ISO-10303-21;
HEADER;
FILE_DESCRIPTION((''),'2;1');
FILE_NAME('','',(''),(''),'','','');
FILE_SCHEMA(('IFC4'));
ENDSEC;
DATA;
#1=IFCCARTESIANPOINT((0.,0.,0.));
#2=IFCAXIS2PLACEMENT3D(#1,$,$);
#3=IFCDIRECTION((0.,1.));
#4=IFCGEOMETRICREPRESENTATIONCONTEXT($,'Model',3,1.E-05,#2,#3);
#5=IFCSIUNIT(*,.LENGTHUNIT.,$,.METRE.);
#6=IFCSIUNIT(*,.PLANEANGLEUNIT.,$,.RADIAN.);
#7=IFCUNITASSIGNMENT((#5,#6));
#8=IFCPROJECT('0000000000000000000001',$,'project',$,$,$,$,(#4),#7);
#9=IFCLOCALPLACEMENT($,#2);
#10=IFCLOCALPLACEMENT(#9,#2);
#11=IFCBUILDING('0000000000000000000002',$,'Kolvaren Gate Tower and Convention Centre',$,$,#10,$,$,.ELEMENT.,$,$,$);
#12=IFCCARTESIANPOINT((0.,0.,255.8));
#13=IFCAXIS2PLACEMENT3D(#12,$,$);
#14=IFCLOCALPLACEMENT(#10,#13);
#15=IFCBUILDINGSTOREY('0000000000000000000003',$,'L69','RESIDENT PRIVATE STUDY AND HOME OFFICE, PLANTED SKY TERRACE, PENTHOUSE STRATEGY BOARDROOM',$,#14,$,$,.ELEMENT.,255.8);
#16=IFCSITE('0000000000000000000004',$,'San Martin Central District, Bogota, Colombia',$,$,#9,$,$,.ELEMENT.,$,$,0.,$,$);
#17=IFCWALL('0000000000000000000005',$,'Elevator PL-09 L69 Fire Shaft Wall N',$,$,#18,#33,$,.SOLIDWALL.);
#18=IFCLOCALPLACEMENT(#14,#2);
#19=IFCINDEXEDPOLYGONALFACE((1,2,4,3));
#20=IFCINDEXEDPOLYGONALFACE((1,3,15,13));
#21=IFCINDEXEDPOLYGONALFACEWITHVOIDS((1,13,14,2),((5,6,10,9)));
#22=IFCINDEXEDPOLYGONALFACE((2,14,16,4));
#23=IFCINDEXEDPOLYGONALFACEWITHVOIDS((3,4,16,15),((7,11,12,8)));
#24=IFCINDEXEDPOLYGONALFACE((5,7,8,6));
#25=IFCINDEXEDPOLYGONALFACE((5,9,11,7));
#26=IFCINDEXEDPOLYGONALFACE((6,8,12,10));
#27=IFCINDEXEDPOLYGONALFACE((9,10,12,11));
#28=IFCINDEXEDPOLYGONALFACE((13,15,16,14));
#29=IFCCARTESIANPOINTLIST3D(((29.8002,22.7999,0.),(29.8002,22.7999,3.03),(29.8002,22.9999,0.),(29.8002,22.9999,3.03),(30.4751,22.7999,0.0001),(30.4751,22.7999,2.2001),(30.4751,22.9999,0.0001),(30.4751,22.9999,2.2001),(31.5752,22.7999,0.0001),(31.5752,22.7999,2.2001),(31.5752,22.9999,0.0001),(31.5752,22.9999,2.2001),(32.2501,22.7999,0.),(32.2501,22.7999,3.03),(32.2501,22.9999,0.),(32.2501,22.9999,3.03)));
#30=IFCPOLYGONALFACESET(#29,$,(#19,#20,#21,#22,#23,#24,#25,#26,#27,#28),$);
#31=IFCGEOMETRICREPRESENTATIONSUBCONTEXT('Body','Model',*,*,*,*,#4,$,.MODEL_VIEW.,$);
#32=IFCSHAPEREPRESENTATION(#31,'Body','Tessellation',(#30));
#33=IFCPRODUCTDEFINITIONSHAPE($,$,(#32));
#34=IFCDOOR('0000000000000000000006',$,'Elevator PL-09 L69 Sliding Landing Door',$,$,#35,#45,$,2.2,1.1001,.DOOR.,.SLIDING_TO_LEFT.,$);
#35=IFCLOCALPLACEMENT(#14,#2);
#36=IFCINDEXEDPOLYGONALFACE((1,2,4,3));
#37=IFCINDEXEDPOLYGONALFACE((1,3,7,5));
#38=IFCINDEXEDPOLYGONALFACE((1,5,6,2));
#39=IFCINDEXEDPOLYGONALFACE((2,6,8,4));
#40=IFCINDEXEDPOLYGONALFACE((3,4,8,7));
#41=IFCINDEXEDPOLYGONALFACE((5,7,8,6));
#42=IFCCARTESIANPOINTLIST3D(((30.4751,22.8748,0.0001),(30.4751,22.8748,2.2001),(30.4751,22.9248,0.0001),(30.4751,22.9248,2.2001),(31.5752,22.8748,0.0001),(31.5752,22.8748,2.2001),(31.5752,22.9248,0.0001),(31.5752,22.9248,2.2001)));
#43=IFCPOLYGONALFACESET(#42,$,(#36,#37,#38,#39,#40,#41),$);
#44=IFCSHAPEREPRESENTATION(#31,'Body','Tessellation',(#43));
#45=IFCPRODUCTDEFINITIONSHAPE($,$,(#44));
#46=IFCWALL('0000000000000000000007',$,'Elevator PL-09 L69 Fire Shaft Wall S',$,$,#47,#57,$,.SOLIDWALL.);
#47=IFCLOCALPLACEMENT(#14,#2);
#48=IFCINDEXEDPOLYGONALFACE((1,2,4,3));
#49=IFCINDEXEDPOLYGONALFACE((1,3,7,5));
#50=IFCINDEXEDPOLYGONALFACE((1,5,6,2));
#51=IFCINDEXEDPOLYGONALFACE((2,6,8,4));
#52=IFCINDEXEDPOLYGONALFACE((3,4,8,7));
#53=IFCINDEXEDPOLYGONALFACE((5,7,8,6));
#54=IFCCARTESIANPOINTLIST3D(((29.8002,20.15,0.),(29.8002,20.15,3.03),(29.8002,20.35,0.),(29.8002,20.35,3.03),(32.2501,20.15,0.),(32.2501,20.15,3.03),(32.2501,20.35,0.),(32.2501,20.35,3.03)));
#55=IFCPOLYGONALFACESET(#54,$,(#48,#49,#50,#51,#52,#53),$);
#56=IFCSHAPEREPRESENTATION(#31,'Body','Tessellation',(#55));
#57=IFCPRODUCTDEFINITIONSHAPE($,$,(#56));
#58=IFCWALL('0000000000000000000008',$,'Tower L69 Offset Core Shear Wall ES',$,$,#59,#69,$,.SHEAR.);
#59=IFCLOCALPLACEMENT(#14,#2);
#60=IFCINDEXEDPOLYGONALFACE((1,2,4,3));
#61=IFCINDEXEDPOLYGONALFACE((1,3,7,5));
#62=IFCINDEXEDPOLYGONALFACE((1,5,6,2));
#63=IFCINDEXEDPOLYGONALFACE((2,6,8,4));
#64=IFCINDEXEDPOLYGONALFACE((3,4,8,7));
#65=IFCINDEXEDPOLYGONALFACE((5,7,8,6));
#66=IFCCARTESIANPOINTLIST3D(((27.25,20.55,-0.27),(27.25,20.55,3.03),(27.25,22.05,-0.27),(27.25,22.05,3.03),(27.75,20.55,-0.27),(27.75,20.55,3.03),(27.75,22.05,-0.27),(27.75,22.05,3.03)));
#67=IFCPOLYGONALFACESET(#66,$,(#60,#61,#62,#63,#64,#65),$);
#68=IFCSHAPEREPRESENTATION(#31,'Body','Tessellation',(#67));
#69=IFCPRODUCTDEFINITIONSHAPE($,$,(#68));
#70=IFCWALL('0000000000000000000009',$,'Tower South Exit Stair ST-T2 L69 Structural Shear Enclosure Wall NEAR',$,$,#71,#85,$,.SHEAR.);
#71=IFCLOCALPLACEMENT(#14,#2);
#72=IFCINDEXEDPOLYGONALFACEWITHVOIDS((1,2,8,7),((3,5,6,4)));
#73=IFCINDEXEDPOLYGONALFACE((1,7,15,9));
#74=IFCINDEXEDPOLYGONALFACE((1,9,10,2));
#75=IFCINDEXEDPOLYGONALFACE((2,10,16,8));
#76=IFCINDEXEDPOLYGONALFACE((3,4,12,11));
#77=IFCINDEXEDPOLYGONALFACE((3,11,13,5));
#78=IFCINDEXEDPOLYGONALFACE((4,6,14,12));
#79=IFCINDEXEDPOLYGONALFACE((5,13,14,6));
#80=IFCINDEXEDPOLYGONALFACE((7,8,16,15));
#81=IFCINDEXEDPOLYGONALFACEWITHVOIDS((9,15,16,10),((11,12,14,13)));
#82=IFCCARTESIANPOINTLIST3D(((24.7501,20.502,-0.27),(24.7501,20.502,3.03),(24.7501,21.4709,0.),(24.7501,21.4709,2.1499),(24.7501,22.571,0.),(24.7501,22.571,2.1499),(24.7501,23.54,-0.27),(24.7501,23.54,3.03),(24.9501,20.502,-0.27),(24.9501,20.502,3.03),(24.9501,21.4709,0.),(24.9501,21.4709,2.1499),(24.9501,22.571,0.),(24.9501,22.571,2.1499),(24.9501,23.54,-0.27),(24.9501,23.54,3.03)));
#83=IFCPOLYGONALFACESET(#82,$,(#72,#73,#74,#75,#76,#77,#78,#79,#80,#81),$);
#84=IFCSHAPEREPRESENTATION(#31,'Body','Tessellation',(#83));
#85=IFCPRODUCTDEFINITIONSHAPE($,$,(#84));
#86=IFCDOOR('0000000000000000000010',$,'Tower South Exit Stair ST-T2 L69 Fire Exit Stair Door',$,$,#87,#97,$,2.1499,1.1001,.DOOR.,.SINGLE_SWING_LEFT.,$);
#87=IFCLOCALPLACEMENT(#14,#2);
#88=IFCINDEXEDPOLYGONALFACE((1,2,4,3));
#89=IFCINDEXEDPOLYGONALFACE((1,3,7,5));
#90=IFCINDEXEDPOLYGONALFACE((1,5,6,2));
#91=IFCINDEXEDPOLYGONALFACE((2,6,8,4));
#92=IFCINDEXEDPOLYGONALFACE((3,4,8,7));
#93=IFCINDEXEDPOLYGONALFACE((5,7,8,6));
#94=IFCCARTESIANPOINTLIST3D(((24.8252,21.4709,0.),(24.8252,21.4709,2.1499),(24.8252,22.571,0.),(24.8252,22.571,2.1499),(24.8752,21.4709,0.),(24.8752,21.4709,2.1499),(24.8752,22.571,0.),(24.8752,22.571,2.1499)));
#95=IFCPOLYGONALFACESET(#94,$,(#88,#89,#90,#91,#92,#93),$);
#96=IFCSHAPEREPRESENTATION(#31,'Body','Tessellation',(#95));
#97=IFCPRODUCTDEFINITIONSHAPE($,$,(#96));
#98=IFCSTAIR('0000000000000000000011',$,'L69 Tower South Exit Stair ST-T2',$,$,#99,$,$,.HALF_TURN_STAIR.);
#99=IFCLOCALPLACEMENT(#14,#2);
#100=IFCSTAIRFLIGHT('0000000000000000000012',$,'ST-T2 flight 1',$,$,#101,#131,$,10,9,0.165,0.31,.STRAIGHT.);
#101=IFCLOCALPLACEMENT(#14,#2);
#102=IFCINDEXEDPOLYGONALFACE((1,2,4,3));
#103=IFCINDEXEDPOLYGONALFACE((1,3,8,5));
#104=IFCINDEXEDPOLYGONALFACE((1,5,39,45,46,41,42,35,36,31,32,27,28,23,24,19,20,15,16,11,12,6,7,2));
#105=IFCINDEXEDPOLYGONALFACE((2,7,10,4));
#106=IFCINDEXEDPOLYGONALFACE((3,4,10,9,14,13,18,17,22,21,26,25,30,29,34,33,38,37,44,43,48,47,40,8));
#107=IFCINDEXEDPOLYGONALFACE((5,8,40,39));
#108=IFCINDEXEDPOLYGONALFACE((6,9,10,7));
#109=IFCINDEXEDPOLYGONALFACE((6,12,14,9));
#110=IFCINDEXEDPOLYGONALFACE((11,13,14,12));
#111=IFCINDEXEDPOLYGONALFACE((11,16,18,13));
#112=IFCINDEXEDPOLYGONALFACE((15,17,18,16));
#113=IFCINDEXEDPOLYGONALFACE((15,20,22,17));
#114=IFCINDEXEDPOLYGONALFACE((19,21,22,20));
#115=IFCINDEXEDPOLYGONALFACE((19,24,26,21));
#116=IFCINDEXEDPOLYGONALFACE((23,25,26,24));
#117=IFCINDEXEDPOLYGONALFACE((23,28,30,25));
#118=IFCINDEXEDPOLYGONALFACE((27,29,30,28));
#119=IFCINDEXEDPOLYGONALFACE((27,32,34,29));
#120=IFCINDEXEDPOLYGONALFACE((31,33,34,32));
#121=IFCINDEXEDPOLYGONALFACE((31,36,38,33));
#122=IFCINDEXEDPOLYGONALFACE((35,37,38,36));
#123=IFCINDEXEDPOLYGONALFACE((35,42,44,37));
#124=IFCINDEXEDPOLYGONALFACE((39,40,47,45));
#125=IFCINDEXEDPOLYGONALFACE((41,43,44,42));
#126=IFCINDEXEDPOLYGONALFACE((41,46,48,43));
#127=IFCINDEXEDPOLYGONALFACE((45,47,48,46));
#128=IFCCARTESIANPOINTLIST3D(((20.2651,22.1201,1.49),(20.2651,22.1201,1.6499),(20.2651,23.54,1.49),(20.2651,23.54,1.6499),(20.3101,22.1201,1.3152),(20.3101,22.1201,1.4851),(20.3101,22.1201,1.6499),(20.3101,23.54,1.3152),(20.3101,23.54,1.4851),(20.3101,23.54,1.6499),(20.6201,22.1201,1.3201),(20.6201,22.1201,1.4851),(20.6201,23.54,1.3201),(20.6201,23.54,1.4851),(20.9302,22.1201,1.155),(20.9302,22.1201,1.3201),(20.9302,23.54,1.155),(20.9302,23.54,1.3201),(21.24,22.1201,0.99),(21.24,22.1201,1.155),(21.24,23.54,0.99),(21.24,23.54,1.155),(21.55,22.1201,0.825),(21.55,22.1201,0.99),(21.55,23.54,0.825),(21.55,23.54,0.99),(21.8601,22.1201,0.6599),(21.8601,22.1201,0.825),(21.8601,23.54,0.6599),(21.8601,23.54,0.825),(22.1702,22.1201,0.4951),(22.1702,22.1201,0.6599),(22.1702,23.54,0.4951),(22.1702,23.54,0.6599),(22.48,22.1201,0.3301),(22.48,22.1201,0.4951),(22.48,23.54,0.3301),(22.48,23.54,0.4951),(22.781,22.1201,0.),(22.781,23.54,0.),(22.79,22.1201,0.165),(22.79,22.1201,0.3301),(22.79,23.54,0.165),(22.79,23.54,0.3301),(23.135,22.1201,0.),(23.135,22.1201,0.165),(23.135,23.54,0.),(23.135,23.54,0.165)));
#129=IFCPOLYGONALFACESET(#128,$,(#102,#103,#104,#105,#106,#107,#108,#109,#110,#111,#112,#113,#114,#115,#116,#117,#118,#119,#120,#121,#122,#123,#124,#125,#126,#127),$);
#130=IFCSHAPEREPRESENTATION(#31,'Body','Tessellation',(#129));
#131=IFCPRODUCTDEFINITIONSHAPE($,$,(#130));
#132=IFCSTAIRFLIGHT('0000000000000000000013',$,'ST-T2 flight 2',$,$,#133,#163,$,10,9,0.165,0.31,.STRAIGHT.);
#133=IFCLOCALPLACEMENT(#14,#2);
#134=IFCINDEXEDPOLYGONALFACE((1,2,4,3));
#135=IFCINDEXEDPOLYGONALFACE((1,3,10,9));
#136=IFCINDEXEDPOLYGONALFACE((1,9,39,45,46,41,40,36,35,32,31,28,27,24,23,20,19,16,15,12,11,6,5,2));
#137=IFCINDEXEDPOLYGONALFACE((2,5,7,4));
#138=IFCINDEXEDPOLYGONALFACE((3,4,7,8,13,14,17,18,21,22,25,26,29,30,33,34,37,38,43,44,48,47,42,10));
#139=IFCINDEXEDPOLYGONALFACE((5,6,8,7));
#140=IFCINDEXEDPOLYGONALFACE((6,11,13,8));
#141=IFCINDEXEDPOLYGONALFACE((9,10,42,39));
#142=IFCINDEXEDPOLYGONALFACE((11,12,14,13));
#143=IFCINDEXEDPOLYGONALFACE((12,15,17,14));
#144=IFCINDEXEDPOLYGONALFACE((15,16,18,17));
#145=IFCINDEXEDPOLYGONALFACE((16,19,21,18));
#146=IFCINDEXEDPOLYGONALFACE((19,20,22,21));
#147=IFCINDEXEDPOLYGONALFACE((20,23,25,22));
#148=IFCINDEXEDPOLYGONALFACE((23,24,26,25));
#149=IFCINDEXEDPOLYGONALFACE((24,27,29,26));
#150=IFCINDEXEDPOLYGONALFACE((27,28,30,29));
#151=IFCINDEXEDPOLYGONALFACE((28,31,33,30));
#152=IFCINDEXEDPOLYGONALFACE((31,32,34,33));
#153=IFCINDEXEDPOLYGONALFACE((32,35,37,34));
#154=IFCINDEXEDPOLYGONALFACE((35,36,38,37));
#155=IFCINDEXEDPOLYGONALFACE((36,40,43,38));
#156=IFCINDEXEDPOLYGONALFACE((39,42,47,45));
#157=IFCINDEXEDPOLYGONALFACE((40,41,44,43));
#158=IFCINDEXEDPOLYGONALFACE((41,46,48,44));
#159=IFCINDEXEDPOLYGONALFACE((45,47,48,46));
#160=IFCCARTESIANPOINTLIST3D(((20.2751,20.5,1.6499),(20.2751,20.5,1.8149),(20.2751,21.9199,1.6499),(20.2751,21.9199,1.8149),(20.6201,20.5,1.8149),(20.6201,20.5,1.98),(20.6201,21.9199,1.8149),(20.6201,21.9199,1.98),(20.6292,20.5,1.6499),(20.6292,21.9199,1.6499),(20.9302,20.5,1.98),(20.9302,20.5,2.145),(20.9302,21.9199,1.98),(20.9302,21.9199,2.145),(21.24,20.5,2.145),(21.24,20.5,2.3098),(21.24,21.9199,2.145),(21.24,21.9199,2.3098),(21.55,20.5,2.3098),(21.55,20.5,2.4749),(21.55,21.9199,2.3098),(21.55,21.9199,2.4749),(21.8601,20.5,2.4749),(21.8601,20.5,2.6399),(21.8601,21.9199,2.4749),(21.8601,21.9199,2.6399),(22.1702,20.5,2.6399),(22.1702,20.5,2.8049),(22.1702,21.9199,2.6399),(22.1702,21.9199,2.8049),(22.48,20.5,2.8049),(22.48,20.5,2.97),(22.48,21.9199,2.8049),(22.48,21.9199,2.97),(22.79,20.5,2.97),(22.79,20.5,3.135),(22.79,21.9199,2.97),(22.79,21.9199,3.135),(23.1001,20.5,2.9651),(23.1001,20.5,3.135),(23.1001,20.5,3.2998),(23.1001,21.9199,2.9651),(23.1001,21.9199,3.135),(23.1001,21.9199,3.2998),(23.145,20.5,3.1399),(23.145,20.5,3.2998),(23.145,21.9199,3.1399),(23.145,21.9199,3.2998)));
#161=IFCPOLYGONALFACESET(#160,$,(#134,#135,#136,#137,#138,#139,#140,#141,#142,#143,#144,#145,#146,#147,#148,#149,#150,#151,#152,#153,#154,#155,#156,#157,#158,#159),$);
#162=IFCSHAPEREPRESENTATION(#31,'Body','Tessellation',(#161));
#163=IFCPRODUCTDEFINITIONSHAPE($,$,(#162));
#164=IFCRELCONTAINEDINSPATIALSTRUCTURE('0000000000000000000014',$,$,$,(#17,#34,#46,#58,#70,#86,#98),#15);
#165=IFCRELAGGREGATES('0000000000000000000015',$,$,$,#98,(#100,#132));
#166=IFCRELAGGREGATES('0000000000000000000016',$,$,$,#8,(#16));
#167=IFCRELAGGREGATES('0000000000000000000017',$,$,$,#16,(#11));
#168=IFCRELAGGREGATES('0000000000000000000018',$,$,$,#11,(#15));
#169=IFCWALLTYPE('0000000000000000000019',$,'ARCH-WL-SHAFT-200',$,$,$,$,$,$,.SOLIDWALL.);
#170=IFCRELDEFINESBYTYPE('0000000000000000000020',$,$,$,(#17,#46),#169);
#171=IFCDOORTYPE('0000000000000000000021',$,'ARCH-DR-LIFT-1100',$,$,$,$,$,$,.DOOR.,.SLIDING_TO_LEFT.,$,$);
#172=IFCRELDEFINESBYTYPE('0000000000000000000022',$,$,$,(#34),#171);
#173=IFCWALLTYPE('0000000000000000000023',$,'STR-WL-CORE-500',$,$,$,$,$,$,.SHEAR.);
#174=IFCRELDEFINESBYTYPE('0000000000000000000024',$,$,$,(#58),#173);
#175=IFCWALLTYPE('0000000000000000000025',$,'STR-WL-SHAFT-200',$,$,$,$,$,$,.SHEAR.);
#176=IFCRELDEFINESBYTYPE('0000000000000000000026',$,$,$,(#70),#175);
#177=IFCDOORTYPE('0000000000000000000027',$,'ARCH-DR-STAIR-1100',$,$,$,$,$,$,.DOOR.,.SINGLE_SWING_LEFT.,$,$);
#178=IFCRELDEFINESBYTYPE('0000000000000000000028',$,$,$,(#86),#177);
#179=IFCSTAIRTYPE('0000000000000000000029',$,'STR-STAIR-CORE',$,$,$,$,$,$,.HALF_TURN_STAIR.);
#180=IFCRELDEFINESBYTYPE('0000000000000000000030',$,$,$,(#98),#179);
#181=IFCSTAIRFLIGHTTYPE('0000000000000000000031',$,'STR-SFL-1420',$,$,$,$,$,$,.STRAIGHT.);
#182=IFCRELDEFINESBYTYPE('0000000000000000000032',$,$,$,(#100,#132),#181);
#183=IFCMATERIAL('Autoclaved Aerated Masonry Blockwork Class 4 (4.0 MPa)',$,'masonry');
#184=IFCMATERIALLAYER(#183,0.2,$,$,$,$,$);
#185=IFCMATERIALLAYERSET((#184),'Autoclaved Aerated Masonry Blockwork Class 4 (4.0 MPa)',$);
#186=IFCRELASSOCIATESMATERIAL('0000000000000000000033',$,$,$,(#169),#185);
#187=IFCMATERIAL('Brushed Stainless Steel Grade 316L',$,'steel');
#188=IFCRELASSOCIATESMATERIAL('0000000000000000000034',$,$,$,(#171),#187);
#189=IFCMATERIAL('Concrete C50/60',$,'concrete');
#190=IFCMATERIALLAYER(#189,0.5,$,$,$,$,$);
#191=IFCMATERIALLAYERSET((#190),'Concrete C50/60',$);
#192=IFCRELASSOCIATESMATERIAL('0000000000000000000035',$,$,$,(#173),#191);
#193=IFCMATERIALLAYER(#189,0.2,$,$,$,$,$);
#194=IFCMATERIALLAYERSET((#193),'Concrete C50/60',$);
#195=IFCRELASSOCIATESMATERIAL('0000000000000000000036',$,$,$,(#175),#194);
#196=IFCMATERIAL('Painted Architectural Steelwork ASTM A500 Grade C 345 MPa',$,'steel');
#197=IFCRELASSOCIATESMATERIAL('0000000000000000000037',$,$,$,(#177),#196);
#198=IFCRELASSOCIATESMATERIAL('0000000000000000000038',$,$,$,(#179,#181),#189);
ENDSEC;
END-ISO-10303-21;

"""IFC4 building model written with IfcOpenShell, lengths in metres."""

from ifc_helpers import new_model, si_unit, direction, frame, frame_2d, origin, place, context, subcontext, project, spatial, polyline, rectangle, outline, extrude, material, layer, layer_set, type_object, element, fill, aggregate, save


model = new_model("IFC4")

# Units and contexts
model_context = context("Model", 3, precision=1e-05, world=origin(), true_north=direction((0.0, 1.0)))
body_context = subcontext(model_context, "Body", "Model", "MODEL_VIEW")
ifc_project = project(units=[si_unit("LENGTHUNIT", "METRE"), si_unit("PLANEANGLEUNIT", "RADIAN")], contexts=[model_context])

# Site, building, storey
site_placement = place(None, origin())
site = spatial("IfcSite", under=ifc_project, at=site_placement, Name="San Martin Central District, Bogota, Colombia", CompositionType="ELEMENT", RefElevation=0.0)
building_placement = place(site_placement, origin())
building = spatial("IfcBuilding", under=site, at=building_placement, Name="Kolvaren Gate Tower and Convention Centre", CompositionType="ELEMENT")
storey_placement = place(building_placement, frame((0.0, 0.0, 255.8)))
storey = spatial("IfcBuildingStorey", under=building, at=storey_placement, Name="L69", Description="RESIDENT PRIVATE STUDY AND HOME OFFICE, PLANTED SKY TERRACE, PENTHOUSE STRATEGY BOARDROOM", CompositionType="ELEMENT", Elevation=255.8)

# Shared definitions
ifc_material_1 = material(Name="Autoclaved Aerated Masonry Blockwork Class 4 (4.0 MPa)", Category="masonry")

# Shared definitions
ifc_material_2 = material(Name="Painted Architectural Steelwork ASTM A500 Grade C 345 MPa", Category="steel")

# Shared definitions
ifc_layer_1 = layer(ifc_material_1, 0.2)
ifc_layer_set_1 = layer_set([ifc_layer_1], Name="Autoclaved Aerated Masonry Blockwork Class 4 (4.0 MPa)")
wall_type_1 = type_object("IfcWallType", Name="ARCH-WL-SHAFT-200", PredefinedType="SOLIDWALL", material=ifc_layer_set_1)

# Wall, opening, door
ifc_material_3 = material(Name="Brushed Stainless Steel Grade 316L", Category="steel")
door_type_1 = type_object("IfcDoorType", Name="ARCH-DR-LIFT-1100", OperationType="SLIDING_TO_LEFT", PredefinedType="DOOR", material=ifc_material_3)
wall_1_placement = place(storey_placement, frame((29.8, 22.8999, 0.0), z_axis=(0.0, 0.0, 1.0), x_axis=(1.0, 0.0, 0.0)))
wall_1 = element("IfcWall", 1, at=wall_1_placement, inside=storey, type_object=wall_type_1, Name="Elevator PL-09 L69 Fire Shaft Wall N", PredefinedType="SOLIDWALL", context=body_context, shape_type="SweptSolid", body=[
    extrude(rectangle(XDim=2.45, YDim=0.2, at=frame_2d((1.2251, 0.0))), origin(), (0.0, 0.0, 1.0), 3.03),
])
opening_1_placement = place(wall_1_placement, frame((0.675, 0.0, 0.0)))
opening_1 = element("IfcOpeningElement", 2, at=opening_1_placement, cuts=wall_1, PredefinedType="OPENING", context=body_context, shape_type="SweptSolid", body=[
    extrude(rectangle(XDim=1.1001, YDim=2.2, at=frame_2d((0.55, 1.1001))), frame((0.0, 0.1099, 0.0), z_axis=(0.0, -1.0, 0.0), x_axis=(1.0, 0.0, 0.0)), (0.0, 0.0, 1.0), 0.22),
])
door_1_placement = place(opening_1_placement, origin())
door_1 = element("IfcDoor", 3, at=door_1_placement, inside=storey, type_object=door_type_1, Name="Elevator PL-09 L69 Sliding Landing Door", OperationType="SLIDING_TO_LEFT", OverallHeight=2.2, OverallWidth=1.1001, PredefinedType="DOOR", context=body_context, shape_type="SweptSolid", body=[
    extrude(rectangle(XDim=1.1001, YDim=2.2, at=frame_2d((0.55, 1.1001))), frame((0.0, 0.0249, 0.0), z_axis=(0.0, -1.0, 0.0), x_axis=(1.0, 0.0, 0.0)), (0.0, 0.0, 1.0), 0.05),
])
fill(opening_1, door_1)

# Walls
wall_2_placement = place(storey_placement, frame((29.8, 20.25, 0.0), z_axis=(0.0, 0.0, 1.0), x_axis=(1.0, 0.0, 0.0)))
element("IfcWall", 4, at=wall_2_placement, inside=storey, type_object=wall_type_1, Name="Elevator PL-09 L69 Fire Shaft Wall S", PredefinedType="SOLIDWALL", context=body_context, shape_type="SweptSolid", body=[
    extrude(rectangle(XDim=2.45, YDim=0.2, at=frame_2d((1.2251, 0.0))), origin(), (0.0, 0.0, 1.0), 3.03),
])
ifc_material_4 = material(Name="Concrete C50/60", Category="concrete")
ifc_layer_2 = layer(ifc_material_4, 0.5)
ifc_layer_set_2 = layer_set([ifc_layer_2], Name="Concrete C50/60")
wall_type_2 = type_object("IfcWallType", Name="STR-WL-CORE-500", PredefinedType="SHEAR", material=ifc_layer_set_2)
wall_3_placement = place(storey_placement, frame((27.5, 20.55, -0.27), z_axis=(0.0, 0.0, 1.0), x_axis=(0.0, 1.0, 0.0)))
element("IfcWall", 5, at=wall_3_placement, inside=storey, type_object=wall_type_2, Name="Tower L69 Offset Core Shear Wall ES", PredefinedType="SHEAR", context=body_context, shape_type="SweptSolid", body=[
    extrude(rectangle(XDim=1.5, YDim=0.5, at=frame_2d((0.75, 0.0))), origin(), (0.0, 0.0, 1.0), 3.3),
])

# Wall, opening, door
ifc_layer_3 = layer(ifc_material_4, 0.2)
ifc_layer_set_3 = layer_set([ifc_layer_3], Name="Concrete C50/60")
wall_type_3 = type_object("IfcWallType", Name="STR-WL-SHAFT-200", PredefinedType="SHEAR", material=ifc_layer_set_3)
wall_4_placement = place(storey_placement, frame((24.8501, 20.502, -0.27), z_axis=(0.0, 0.0, 1.0), x_axis=(0.0, 1.0, 0.0)))
wall_4 = element("IfcWall", 6, at=wall_4_placement, inside=storey, type_object=wall_type_3, Name="Tower South Exit Stair ST-T2 L69 Structural Shear Enclosure Wall NEAR", PredefinedType="SHEAR", context=body_context, shape_type="SweptSolid", body=[
    extrude(rectangle(XDim=3.0381, YDim=0.2, at=frame_2d((1.519, 0.0))), origin(), (0.0, 0.0, 1.0), 3.3),
])
opening_2_placement = place(wall_4_placement, frame((0.969, 0.0, 0.27)))
opening_2 = element("IfcOpeningElement", 7, at=opening_2_placement, cuts=wall_4, PredefinedType="OPENING", context=body_context, shape_type="SweptSolid", body=[
    extrude(rectangle(XDim=1.1001, YDim=2.1499, at=frame_2d((0.55, 1.075))), frame((0.0, 0.1099, 0.0), z_axis=(0.0, -1.0, 0.0), x_axis=(1.0, 0.0, 0.0)), (0.0, 0.0, 1.0), 0.22),
])
door_type_2 = type_object("IfcDoorType", Name="ARCH-DR-STAIR-1100", OperationType="SINGLE_SWING_LEFT", PredefinedType="DOOR", material=ifc_material_2)
door_2_placement = place(opening_2_placement, origin())
door_2 = element("IfcDoor", 8, at=door_2_placement, inside=storey, type_object=door_type_2, Name="Tower South Exit Stair ST-T2 L69 Fire Exit Stair Door", OperationType="SINGLE_SWING_LEFT", OverallHeight=2.1499, OverallWidth=1.1001, PredefinedType="DOOR", context=body_context, shape_type="SweptSolid", body=[
    extrude(rectangle(XDim=1.1001, YDim=2.1499, at=frame_2d((0.55, 1.075))), frame((0.0, 0.0249, 0.0), z_axis=(0.0, -1.0, 0.0), x_axis=(1.0, 0.0, 0.0)), (0.0, 0.0, 1.0), 0.05),
])
fill(opening_2, door_2)

# Stair, stair flights
stair_type = type_object("IfcStairType", Name="STR-STAIR-CORE", PredefinedType="HALF_TURN_STAIR", material=ifc_material_4)
stair_placement = place(storey_placement, origin())
stair = element("IfcStair", 9, at=stair_placement, inside=storey, type_object=stair_type, Name="L69 Tower South Exit Stair ST-T2", PredefinedType="HALF_TURN_STAIR")
stair_flight_type = type_object("IfcStairFlightType", Name="STR-SFL-1420", PredefinedType="STRAIGHT", material=ifc_material_4)
stair_flight_1_placement = place(storey_placement, frame((23.1001, 22.8301, 0.0), z_axis=(0.0, 0.0, 1.0), x_axis=(-1.0, 0.0, 0.0)))
stair_flight_1 = element("IfcStairFlight", 10, at=stair_flight_1_placement, type_object=stair_flight_type, Name="ST-T2 flight 1", NumberOfRisers=10, NumberOfTreads=9, PredefinedType="STRAIGHT", RiserHeight=0.165, TreadLength=0.31, context=body_context, shape_type="SweptSolid", body=[
    extrude(outline(polyline([(-0.0349, 0.0), (-0.0349, 0.165), (0.3101, 0.165), (0.3101, 0.3301), (0.6201, 0.3301), (0.6201, 0.4951), (0.9299, 0.4951), (0.9299, 0.6599), (1.24, 0.6599), (1.24, 0.825), (1.55, 0.825), (1.55, 0.99), (1.8601, 0.99), (1.8601, 1.155), (2.1699, 1.155), (2.1699, 1.3201), (2.48, 1.3201), (2.48, 1.4851), (2.79, 1.4851), (2.79, 1.6499), (2.835, 1.6499), (2.835, 1.49), (2.79, 1.3152), (0.3191, 0.0), (-0.0349, 0.0)])), frame((0.0, 0.71, 0.0), z_axis=(0.0, -1.0, 0.0), x_axis=(1.0, 0.0, 0.0)), (0.0, 0.0, 1.0), 1.4199),
])
stair_flight_2_placement = place(storey_placement, frame((20.3101, 21.21, 1.6499), z_axis=(0.0, 0.0, 1.0), x_axis=(1.0, 0.0, 0.0)))
stair_flight_2 = element("IfcStairFlight", 11, at=stair_flight_2_placement, type_object=stair_flight_type, Name="ST-T2 flight 2", NumberOfRisers=10, NumberOfTreads=9, PredefinedType="STRAIGHT", RiserHeight=0.165, TreadLength=0.31, context=body_context, shape_type="SweptSolid", body=[
    extrude(outline(polyline([(-0.0349, 0.0), (-0.0349, 0.165), (0.3101, 0.165), (0.3101, 0.3301), (0.6201, 0.3301), (0.6201, 0.4951), (0.9299, 0.4951), (0.9299, 0.6599), (1.24, 0.6599), (1.24, 0.825), (1.55, 0.825), (1.55, 0.99), (1.8601, 0.99), (1.8601, 1.155), (2.1699, 1.155), (2.1699, 1.3201), (2.48, 1.3201), (2.48, 1.4851), (2.79, 1.4851), (2.79, 1.6499), (2.835, 1.6499), (2.835, 1.49), (2.79, 1.3152), (0.3191, 0.0), (-0.0349, 0.0)])), frame((0.0, 0.71, 0.0), z_axis=(0.0, -1.0, 0.0), x_axis=(1.0, 0.0, 0.0)), (0.0, 0.0, 1.0), 1.4199),
])
aggregate(stair, [stair_flight_1, stair_flight_2])

save(model, "model.ifc")
